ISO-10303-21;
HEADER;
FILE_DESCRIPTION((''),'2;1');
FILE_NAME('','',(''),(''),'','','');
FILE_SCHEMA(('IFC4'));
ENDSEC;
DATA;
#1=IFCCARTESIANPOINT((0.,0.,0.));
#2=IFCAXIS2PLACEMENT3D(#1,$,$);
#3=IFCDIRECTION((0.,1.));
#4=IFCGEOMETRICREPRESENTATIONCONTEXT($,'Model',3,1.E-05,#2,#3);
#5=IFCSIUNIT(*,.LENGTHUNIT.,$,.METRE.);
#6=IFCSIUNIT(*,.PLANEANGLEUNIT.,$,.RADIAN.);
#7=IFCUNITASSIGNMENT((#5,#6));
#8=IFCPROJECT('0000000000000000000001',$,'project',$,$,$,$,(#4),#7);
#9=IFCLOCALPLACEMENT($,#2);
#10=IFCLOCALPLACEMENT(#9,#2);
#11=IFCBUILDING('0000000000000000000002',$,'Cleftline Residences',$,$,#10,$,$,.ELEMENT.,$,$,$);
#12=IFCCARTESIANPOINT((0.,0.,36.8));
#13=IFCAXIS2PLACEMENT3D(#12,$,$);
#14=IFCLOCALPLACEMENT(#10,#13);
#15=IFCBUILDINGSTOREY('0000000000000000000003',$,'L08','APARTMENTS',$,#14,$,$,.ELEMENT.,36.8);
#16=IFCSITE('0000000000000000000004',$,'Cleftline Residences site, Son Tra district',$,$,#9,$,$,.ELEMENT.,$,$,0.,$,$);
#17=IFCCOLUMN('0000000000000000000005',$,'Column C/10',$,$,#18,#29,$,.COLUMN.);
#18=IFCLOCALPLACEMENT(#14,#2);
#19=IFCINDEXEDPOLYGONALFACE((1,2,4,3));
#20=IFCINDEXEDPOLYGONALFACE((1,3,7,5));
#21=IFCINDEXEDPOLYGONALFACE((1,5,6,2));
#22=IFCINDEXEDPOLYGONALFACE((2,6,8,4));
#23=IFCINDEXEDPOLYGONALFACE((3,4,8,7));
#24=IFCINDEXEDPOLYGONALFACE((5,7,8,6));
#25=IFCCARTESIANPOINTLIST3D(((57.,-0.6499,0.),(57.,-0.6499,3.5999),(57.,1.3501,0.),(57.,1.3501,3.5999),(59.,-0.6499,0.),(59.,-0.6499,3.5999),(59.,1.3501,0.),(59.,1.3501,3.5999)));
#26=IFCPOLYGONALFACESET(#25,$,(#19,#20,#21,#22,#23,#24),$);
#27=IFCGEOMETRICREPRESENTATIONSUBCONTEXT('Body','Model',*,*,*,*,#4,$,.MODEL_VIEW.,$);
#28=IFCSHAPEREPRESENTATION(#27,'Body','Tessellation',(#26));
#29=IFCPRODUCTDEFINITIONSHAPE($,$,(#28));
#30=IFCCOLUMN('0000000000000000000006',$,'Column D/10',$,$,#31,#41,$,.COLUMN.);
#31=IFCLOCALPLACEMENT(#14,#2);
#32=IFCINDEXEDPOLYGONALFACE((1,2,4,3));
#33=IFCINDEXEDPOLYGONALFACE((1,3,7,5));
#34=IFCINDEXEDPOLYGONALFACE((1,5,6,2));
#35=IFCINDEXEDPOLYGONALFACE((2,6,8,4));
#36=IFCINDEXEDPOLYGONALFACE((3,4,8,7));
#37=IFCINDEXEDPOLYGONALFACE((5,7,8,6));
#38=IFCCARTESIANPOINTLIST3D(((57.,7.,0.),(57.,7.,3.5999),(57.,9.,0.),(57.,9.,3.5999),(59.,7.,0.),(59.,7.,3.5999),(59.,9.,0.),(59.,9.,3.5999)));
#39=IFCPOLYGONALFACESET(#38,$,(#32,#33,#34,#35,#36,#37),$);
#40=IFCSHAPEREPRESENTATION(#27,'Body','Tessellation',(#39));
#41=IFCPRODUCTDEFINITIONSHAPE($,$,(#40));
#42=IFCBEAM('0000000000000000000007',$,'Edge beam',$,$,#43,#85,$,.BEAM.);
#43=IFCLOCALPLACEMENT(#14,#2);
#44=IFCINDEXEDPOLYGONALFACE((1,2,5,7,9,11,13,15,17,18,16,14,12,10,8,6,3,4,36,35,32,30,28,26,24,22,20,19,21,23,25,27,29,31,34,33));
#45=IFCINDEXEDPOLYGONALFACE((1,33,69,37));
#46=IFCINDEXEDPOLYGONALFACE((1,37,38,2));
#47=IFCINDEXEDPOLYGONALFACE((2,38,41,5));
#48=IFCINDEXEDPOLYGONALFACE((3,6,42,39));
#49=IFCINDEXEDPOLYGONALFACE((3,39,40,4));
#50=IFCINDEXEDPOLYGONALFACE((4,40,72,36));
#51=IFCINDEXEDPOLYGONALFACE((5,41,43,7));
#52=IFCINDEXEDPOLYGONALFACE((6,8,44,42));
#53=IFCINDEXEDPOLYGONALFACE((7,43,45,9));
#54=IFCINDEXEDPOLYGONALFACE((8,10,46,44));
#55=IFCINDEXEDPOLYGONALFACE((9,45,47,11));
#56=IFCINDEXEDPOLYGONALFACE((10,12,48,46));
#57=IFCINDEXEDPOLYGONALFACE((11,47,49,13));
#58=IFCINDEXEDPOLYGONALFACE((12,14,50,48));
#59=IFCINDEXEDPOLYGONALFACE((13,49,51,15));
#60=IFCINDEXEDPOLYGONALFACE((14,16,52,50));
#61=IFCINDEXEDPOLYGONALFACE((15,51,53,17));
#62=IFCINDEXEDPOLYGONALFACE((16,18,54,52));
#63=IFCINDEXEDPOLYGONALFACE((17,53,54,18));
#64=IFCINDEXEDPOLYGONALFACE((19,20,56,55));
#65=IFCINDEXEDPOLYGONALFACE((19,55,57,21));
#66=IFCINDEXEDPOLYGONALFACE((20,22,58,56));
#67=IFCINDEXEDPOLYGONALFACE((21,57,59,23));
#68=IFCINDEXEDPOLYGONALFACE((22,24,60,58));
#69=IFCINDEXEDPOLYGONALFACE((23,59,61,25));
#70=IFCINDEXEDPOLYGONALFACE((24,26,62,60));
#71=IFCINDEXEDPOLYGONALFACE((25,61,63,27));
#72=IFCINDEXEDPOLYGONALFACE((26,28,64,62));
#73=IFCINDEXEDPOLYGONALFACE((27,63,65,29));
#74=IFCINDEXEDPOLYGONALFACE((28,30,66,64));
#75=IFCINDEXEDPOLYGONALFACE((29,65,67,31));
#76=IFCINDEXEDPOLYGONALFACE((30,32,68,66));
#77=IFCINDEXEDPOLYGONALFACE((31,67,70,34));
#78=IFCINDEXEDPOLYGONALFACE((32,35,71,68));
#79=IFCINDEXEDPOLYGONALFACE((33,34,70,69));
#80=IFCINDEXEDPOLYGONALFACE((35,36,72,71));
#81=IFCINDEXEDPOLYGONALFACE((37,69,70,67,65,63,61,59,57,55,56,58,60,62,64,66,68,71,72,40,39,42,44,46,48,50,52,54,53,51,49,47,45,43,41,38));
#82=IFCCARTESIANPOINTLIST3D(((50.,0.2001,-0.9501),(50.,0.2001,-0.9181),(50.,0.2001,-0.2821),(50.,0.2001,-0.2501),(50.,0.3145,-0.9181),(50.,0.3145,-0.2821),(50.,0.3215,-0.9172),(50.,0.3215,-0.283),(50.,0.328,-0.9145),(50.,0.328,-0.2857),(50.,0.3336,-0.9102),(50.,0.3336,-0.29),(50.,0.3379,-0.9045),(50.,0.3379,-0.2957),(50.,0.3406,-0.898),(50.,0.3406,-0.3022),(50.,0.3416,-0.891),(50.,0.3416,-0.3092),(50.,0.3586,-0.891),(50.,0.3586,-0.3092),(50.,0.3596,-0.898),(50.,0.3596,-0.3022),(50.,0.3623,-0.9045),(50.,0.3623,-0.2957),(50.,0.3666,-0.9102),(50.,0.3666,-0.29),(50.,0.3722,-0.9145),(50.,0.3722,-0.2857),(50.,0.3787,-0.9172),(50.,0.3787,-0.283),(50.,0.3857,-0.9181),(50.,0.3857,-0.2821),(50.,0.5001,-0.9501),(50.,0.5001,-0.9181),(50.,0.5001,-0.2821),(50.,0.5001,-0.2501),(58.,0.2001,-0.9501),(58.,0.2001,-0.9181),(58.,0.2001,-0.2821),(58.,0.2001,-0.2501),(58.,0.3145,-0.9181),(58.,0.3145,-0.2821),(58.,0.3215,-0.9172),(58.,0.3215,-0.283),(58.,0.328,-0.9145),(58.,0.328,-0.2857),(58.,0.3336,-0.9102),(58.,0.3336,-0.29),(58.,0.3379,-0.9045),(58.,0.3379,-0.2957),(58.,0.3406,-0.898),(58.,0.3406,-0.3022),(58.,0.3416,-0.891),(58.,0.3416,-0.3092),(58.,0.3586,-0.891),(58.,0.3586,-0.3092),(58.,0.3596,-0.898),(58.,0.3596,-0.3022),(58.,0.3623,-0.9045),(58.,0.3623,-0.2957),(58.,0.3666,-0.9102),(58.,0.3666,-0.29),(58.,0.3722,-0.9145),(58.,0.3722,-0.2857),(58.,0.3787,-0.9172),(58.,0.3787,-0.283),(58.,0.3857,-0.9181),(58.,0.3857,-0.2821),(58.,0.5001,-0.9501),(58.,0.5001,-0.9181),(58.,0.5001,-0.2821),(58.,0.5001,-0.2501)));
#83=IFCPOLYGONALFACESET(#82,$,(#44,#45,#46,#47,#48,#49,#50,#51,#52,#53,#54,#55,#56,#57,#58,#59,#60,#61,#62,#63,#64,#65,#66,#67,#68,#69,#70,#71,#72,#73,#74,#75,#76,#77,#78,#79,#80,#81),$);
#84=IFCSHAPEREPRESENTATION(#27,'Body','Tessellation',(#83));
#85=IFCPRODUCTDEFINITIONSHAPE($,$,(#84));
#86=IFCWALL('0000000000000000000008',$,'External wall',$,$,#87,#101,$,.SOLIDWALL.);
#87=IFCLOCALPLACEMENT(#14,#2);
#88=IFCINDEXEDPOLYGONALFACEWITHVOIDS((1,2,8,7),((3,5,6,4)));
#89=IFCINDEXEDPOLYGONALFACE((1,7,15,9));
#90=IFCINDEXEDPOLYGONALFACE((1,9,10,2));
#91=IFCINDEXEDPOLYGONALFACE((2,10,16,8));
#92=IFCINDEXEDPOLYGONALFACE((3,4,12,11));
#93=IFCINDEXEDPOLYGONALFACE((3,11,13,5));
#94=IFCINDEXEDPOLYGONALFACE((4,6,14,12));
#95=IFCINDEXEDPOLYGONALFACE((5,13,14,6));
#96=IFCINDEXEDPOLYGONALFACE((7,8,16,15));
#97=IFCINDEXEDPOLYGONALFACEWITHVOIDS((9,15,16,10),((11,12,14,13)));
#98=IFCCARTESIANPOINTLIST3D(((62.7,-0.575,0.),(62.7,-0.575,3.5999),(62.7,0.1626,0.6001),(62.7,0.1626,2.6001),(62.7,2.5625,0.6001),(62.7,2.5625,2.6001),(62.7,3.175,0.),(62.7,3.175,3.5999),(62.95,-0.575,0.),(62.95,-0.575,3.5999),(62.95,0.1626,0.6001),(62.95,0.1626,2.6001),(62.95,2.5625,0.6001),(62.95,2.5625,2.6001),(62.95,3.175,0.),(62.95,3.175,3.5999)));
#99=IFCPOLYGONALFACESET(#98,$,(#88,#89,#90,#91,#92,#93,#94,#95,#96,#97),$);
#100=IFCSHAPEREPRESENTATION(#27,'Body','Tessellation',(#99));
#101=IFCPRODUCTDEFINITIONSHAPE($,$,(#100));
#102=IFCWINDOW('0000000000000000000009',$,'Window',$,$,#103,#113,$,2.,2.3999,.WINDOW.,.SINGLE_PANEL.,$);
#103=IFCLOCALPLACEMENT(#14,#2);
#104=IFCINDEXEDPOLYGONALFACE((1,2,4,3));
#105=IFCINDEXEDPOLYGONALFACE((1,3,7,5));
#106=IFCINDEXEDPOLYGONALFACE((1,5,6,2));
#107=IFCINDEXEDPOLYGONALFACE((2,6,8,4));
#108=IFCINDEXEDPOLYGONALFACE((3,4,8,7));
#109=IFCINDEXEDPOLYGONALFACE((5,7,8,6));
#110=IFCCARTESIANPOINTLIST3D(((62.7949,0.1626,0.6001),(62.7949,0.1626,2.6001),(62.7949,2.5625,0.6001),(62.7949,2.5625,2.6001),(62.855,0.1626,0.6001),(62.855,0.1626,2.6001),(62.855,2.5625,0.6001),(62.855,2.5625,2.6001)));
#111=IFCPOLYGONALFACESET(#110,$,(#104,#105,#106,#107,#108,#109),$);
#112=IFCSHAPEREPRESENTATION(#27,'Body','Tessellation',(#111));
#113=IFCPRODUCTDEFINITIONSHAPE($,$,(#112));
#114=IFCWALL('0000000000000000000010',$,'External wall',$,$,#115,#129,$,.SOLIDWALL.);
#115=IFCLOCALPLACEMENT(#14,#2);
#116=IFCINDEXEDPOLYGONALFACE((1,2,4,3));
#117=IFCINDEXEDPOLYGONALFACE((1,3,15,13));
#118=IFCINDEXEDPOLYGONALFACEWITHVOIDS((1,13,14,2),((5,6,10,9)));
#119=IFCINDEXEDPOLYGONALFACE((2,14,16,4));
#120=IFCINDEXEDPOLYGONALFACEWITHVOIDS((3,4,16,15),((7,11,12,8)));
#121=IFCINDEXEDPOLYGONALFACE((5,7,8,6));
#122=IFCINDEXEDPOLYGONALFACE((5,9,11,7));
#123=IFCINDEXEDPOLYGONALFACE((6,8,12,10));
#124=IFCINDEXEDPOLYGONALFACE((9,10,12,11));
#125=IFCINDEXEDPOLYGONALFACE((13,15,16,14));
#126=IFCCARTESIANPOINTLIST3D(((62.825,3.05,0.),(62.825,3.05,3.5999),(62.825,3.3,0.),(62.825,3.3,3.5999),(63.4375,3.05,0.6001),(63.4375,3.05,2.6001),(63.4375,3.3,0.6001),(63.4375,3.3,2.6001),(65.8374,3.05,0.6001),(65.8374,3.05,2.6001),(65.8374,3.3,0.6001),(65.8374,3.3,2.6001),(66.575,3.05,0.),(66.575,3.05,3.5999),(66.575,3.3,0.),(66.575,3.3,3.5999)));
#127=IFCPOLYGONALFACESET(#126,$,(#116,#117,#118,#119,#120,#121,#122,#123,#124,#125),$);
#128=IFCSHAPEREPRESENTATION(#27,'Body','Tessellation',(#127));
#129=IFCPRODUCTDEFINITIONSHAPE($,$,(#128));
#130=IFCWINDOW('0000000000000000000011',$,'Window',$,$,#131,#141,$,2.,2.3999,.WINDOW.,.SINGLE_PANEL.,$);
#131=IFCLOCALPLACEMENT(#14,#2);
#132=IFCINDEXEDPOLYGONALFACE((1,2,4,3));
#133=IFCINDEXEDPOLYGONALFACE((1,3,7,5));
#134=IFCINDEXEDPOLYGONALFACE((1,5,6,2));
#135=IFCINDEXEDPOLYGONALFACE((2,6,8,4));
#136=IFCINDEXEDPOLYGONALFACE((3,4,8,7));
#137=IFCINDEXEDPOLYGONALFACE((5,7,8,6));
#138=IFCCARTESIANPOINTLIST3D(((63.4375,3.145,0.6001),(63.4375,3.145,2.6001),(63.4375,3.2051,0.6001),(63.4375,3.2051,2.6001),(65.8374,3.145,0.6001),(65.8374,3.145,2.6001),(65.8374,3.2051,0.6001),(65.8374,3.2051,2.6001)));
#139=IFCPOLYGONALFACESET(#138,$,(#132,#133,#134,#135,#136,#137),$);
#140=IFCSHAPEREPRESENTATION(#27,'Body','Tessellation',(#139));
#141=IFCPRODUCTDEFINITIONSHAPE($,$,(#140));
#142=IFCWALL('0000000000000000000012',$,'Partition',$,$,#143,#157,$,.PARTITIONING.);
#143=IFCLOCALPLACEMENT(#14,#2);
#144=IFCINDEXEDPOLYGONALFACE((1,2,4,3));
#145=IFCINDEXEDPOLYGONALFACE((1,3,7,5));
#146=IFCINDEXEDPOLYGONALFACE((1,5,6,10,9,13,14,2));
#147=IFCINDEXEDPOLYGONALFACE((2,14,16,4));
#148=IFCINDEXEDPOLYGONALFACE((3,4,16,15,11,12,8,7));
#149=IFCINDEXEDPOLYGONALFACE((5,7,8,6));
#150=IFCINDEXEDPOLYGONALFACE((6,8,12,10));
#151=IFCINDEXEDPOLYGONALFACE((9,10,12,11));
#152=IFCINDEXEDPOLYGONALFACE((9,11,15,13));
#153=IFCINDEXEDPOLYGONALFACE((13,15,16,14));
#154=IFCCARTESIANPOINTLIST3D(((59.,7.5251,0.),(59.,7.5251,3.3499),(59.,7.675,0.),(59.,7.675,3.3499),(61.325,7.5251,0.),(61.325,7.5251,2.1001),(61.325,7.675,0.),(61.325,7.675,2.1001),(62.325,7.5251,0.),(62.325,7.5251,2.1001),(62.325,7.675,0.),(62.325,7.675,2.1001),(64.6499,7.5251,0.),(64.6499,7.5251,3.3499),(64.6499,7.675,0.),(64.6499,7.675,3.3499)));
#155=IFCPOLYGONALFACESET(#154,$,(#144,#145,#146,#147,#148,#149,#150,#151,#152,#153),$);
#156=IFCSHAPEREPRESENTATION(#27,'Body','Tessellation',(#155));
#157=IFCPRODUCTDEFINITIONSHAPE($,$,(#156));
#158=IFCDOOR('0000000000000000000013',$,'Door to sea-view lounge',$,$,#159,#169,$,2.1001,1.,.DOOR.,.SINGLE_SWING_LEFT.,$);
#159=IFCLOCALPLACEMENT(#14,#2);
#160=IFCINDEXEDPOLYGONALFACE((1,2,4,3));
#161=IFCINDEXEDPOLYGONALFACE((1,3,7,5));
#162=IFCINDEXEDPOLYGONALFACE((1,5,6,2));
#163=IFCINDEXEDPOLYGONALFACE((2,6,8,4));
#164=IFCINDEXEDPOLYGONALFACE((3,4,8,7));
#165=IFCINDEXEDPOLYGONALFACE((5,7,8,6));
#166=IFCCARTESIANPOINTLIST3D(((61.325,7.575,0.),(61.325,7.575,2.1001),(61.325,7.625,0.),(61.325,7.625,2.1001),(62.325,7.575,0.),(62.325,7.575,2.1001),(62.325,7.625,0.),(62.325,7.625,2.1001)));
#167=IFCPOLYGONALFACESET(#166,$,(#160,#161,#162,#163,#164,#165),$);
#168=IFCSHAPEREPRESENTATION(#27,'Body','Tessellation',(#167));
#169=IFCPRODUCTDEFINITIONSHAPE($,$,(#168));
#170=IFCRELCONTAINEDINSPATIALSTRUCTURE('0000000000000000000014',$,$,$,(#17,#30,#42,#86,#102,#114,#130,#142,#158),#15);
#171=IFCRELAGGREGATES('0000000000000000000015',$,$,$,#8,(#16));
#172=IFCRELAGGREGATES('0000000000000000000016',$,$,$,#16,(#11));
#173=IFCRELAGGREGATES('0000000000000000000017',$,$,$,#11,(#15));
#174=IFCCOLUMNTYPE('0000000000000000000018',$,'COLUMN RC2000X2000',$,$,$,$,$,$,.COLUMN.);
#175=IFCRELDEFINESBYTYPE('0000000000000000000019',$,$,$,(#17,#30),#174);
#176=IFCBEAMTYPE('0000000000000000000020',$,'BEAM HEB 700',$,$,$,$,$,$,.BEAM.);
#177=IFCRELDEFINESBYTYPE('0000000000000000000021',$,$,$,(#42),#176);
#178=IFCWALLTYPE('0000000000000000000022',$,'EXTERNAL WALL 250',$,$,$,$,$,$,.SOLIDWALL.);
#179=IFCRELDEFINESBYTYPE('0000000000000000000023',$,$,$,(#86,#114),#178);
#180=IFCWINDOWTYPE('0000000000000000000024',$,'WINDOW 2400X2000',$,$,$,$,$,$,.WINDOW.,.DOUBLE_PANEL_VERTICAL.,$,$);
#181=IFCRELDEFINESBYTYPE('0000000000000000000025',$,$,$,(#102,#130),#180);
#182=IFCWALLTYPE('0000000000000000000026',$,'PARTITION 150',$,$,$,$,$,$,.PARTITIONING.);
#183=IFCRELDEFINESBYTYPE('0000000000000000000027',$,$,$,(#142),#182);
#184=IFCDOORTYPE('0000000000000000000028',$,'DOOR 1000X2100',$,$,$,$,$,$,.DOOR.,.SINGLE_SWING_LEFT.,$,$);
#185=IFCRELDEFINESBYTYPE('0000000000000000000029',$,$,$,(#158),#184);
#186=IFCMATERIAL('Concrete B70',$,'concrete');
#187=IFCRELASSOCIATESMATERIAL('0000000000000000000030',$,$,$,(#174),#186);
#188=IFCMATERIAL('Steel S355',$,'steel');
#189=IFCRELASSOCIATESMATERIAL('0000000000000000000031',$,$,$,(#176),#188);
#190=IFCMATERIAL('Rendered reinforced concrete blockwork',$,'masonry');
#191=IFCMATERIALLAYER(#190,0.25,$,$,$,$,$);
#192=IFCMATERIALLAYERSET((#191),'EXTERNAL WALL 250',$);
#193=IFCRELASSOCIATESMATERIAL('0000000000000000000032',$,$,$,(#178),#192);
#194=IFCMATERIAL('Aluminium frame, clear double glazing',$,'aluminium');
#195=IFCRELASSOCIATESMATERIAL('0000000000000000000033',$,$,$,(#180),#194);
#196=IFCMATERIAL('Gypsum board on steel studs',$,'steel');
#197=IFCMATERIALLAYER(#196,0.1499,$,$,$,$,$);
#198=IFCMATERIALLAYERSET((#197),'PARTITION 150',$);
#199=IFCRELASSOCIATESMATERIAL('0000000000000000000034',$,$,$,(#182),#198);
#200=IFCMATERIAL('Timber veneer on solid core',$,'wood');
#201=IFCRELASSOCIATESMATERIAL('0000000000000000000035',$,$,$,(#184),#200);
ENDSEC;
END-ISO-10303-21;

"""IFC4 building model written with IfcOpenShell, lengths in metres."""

from ifc_helpers import new_model, si_unit, direction, frame, frame_2d, origin, origin_2d, place, context, subcontext, project, spatial, rectangle, i_section, extrude, material, layer, layer_set, material_profile, profile_set, type_object, element, fill, save


model = new_model("IFC4")

# Units and contexts
model_context = context("Model", 3, precision=1e-05, world=origin(), true_north=direction((0.0, 1.0)))
body_context = subcontext(model_context, "Body", "Model", "MODEL_VIEW")
ifc_project = project(units=[si_unit("LENGTHUNIT", "METRE"), si_unit("PLANEANGLEUNIT", "RADIAN")], contexts=[model_context])

# Site, building, storey
site_placement = place(None, origin())
site = spatial("IfcSite", under=ifc_project, at=site_placement, Name="Cleftline Residences site, Son Tra district", CompositionType="ELEMENT", RefElevation=0.0)
building_placement = place(site_placement, origin())
building = spatial("IfcBuilding", under=site, at=building_placement, Name="Cleftline Residences", CompositionType="ELEMENT")
storey_placement = place(building_placement, frame((0.0, 0.0, 36.8)))
storey = spatial("IfcBuildingStorey", under=building, at=storey_placement, Name="L08", Description="APARTMENTS", CompositionType="ELEMENT", Elevation=36.8)

# Columns
ifc_material_1 = material(Name="Concrete B70", Category="concrete")
ifc_material_profile_1 = material_profile(ifc_material_1, rectangle(XDim=2.0, YDim=2.0, at=origin_2d()))
ifc_profile_set_1 = profile_set([ifc_material_profile_1], Name="Concrete B70")
column_type = type_object("IfcColumnType", Name="COLUMN RC2000X2000", PredefinedType="COLUMN", material=ifc_profile_set_1)
for number, where, z_axis, x_axis, name in (
    (1, (58.0, 0.3501, 0.0), (0.0, 0.0, 1.0), (1.0, 0.0, 0.0), "Column C/10"),
    (2, (58.0, 8.0, 0.0), (0.0, 0.0, 1.0), (1.0, 0.0, 0.0), "Column D/10"),
):
    element("IfcColumn", number, at=place(storey_placement, frame(where, z_axis=z_axis, x_axis=x_axis)), inside=storey, type_object=column_type, Name=name, PredefinedType="COLUMN", context=body_context, shape_type="SweptSolid", body=[
        extrude(rectangle(XDim=2.0, YDim=2.0, at=origin_2d()), origin(), (0.0, 0.0, 1.0), 3.5999),
    ])

# Beam
ifc_material_2 = material(Name="Steel S355", Category="steel")
ifc_material_profile_2 = material_profile(ifc_material_2, i_section(OverallWidth=0.3, OverallDepth=0.7, WebThickness=0.0171, FlangeThickness=0.032, FilletRadius=0.0271, at=origin_2d()))
ifc_profile_set_2 = profile_set([ifc_material_profile_2], Name="Steel S355")
beam_type = type_object("IfcBeamType", Name="BEAM HEB 700", PredefinedType="BEAM", material=ifc_profile_set_2)
beam_placement = place(storey_placement, frame((58.0, 0.3501, -0.6001), z_axis=(-1.0, 0.0, 0.0), x_axis=(0.0, -1.0, 0.0)))
element("IfcBeam", 3, at=beam_placement, inside=storey, type_object=beam_type, Name="Edge beam", PredefinedType="BEAM", context=body_context, shape_type="SweptSolid", body=[
    extrude(i_section(OverallWidth=0.3, OverallDepth=0.7, WebThickness=0.0171, FlangeThickness=0.032, FilletRadius=0.0271, at=origin_2d()), origin(), (0.0, 0.0, 1.0), 8.0),
])

# Walls, openings, windows
ifc_material_3 = material(Name="Rendered reinforced concrete blockwork", Category="masonry")
ifc_layer_1 = layer(ifc_material_3, 0.25)
ifc_layer_set_1 = layer_set([ifc_layer_1], Name="EXTERNAL WALL 250")
wall_type_1 = type_object("IfcWallType", Name="EXTERNAL WALL 250", PredefinedType="SOLIDWALL", material=ifc_layer_set_1)
wall_1_placement = place(storey_placement, frame((62.825, -0.575, 0.0), z_axis=(0.0, 0.0, 1.0), x_axis=(0.0, 1.0, 0.0)))
wall_1 = element("IfcWall", 4, at=wall_1_placement, inside=storey, type_object=wall_type_1, Name="External wall", PredefinedType="SOLIDWALL", context=body_context, shape_type="SweptSolid", body=[
    extrude(rectangle(XDim=3.75, YDim=0.25, at=frame_2d((1.875, 0.0))), origin(), (0.0, 0.0, 1.0), 3.5999),
])
opening_1_placement = place(wall_1_placement, frame((0.7375, 0.0, 0.6001)))
opening_1 = element("IfcOpeningElement", 5, at=opening_1_placement, cuts=wall_1, PredefinedType="OPENING", context=body_context, shape_type="SweptSolid", body=[
    extrude(rectangle(XDim=2.3999, YDim=2.0, at=frame_2d((1.2, 1.0))), frame((0.0, 0.135, 0.0), z_axis=(0.0, -1.0, 0.0), x_axis=(1.0, 0.0, 0.0)), (0.0, 0.0, 1.0), 0.27),
])
ifc_material_4 = material(Name="Aluminium frame, clear double glazing", Category="aluminium")
window_type = type_object("IfcWindowType", Name="WINDOW 2400X2000", PartitioningType="DOUBLE_PANEL_VERTICAL", PredefinedType="WINDOW", material=ifc_material_4)
window_1_placement = place(opening_1_placement, origin())
window_1 = element("IfcWindow", 6, at=window_1_placement, inside=storey, type_object=window_type, Name="Window", OverallHeight=2.0, OverallWidth=2.3999, PartitioningType="SINGLE_PANEL", PredefinedType="WINDOW", context=body_context, shape_type="SweptSolid", body=[
    extrude(rectangle(XDim=2.3999, YDim=2.0, at=frame_2d((1.2, 1.0))), frame((0.0, 0.03, 0.0), z_axis=(0.0, -1.0, 0.0), x_axis=(1.0, 0.0, 0.0)), (0.0, 0.0, 1.0), 0.0601),
])
fill(opening_1, window_1)
wall_2_placement = place(storey_placement, frame((62.825, 3.175, 0.0), z_axis=(0.0, 0.0, 1.0), x_axis=(1.0, 0.0, 0.0)))
wall_2 = element("IfcWall", 7, at=wall_2_placement, inside=storey, type_object=wall_type_1, Name="External wall", PredefinedType="SOLIDWALL", context=body_context, shape_type="SweptSolid", body=[
    extrude(rectangle(XDim=3.75, YDim=0.25, at=frame_2d((1.875, 0.0))), origin(), (0.0, 0.0, 1.0), 3.5999),
])
opening_2_placement = place(wall_2_placement, frame((0.6125, 0.0, 0.6001)))
opening_2 = element("IfcOpeningElement", 8, at=opening_2_placement, cuts=wall_2, PredefinedType="OPENING", context=body_context, shape_type="SweptSolid", body=[
    extrude(rectangle(XDim=2.3999, YDim=2.0, at=frame_2d((1.2, 1.0))), frame((0.0, 0.135, 0.0), z_axis=(0.0, -1.0, 0.0), x_axis=(1.0, 0.0, 0.0)), (0.0, 0.0, 1.0), 0.27),
])
window_2_placement = place(opening_2_placement, origin())
window_2 = element("IfcWindow", 9, at=window_2_placement, inside=storey, type_object=window_type, Name="Window", OverallHeight=2.0, OverallWidth=2.3999, PartitioningType="SINGLE_PANEL", PredefinedType="WINDOW", context=body_context, shape_type="SweptSolid", body=[
    extrude(rectangle(XDim=2.3999, YDim=2.0, at=frame_2d((1.2, 1.0))), frame((0.0, 0.03, 0.0), z_axis=(0.0, -1.0, 0.0), x_axis=(1.0, 0.0, 0.0)), (0.0, 0.0, 1.0), 0.0601),
])
fill(opening_2, window_2)

# Wall, opening, door
ifc_material_5 = material(Name="Gypsum board on steel studs", Category="steel")
ifc_layer_2 = layer(ifc_material_5, 0.1499)
ifc_layer_set_2 = layer_set([ifc_layer_2], Name="PARTITION 150")
wall_type_2 = type_object("IfcWallType", Name="PARTITION 150", PredefinedType="PARTITIONING", material=ifc_layer_set_2)
wall_3_placement = place(storey_placement, frame((59.0, 7.6001, 0.0), z_axis=(0.0, 0.0, 1.0), x_axis=(1.0, 0.0, 0.0)))
wall_3 = element("IfcWall", 10, at=wall_3_placement, inside=storey, type_object=wall_type_2, Name="Partition", PredefinedType="PARTITIONING", context=body_context, shape_type="SweptSolid", body=[
    extrude(rectangle(XDim=5.6499, YDim=0.1499, at=frame_2d((2.825, 0.0))), origin(), (0.0, 0.0, 1.0), 3.3499),
])
opening_3_placement = place(wall_3_placement, frame((2.325, 0.0, 0.0)))
opening_3 = element("IfcOpeningElement", 11, at=opening_3_placement, cuts=wall_3, PredefinedType="OPENING", context=body_context, shape_type="SweptSolid", body=[
    extrude(rectangle(XDim=1.0, YDim=2.1001, at=frame_2d((0.5, 1.05))), frame((0.0, 0.085, 0.0), z_axis=(0.0, -1.0, 0.0), x_axis=(1.0, 0.0, 0.0)), (0.0, 0.0, 1.0), 0.1699),
])
ifc_material_6 = material(Name="Timber veneer on solid core", Category="wood")
door_type_1 = type_object("IfcDoorType", Name="DOOR 1000X2100", OperationType="SINGLE_SWING_LEFT", PredefinedType="DOOR", material=ifc_material_6)
door_1_placement = place(opening_3_placement, origin())
door_1 = element("IfcDoor", 12, at=door_1_placement, inside=storey, type_object=door_type_1, Name="Door to sea-view lounge", OperationType="SINGLE_SWING_LEFT", OverallHeight=2.1001, OverallWidth=1.0, PredefinedType="DOOR", context=body_context, shape_type="SweptSolid", body=[
    extrude(rectangle(XDim=1.0, YDim=2.1001, at=frame_2d((0.5, 1.05))), frame((0.0, 0.0249, 0.0), z_axis=(0.0, -1.0, 0.0), x_axis=(1.0, 0.0, 0.0)), (0.0, 0.0, 1.0), 0.05),
])
fill(opening_3, door_1)

save(model, "model.ifc")
